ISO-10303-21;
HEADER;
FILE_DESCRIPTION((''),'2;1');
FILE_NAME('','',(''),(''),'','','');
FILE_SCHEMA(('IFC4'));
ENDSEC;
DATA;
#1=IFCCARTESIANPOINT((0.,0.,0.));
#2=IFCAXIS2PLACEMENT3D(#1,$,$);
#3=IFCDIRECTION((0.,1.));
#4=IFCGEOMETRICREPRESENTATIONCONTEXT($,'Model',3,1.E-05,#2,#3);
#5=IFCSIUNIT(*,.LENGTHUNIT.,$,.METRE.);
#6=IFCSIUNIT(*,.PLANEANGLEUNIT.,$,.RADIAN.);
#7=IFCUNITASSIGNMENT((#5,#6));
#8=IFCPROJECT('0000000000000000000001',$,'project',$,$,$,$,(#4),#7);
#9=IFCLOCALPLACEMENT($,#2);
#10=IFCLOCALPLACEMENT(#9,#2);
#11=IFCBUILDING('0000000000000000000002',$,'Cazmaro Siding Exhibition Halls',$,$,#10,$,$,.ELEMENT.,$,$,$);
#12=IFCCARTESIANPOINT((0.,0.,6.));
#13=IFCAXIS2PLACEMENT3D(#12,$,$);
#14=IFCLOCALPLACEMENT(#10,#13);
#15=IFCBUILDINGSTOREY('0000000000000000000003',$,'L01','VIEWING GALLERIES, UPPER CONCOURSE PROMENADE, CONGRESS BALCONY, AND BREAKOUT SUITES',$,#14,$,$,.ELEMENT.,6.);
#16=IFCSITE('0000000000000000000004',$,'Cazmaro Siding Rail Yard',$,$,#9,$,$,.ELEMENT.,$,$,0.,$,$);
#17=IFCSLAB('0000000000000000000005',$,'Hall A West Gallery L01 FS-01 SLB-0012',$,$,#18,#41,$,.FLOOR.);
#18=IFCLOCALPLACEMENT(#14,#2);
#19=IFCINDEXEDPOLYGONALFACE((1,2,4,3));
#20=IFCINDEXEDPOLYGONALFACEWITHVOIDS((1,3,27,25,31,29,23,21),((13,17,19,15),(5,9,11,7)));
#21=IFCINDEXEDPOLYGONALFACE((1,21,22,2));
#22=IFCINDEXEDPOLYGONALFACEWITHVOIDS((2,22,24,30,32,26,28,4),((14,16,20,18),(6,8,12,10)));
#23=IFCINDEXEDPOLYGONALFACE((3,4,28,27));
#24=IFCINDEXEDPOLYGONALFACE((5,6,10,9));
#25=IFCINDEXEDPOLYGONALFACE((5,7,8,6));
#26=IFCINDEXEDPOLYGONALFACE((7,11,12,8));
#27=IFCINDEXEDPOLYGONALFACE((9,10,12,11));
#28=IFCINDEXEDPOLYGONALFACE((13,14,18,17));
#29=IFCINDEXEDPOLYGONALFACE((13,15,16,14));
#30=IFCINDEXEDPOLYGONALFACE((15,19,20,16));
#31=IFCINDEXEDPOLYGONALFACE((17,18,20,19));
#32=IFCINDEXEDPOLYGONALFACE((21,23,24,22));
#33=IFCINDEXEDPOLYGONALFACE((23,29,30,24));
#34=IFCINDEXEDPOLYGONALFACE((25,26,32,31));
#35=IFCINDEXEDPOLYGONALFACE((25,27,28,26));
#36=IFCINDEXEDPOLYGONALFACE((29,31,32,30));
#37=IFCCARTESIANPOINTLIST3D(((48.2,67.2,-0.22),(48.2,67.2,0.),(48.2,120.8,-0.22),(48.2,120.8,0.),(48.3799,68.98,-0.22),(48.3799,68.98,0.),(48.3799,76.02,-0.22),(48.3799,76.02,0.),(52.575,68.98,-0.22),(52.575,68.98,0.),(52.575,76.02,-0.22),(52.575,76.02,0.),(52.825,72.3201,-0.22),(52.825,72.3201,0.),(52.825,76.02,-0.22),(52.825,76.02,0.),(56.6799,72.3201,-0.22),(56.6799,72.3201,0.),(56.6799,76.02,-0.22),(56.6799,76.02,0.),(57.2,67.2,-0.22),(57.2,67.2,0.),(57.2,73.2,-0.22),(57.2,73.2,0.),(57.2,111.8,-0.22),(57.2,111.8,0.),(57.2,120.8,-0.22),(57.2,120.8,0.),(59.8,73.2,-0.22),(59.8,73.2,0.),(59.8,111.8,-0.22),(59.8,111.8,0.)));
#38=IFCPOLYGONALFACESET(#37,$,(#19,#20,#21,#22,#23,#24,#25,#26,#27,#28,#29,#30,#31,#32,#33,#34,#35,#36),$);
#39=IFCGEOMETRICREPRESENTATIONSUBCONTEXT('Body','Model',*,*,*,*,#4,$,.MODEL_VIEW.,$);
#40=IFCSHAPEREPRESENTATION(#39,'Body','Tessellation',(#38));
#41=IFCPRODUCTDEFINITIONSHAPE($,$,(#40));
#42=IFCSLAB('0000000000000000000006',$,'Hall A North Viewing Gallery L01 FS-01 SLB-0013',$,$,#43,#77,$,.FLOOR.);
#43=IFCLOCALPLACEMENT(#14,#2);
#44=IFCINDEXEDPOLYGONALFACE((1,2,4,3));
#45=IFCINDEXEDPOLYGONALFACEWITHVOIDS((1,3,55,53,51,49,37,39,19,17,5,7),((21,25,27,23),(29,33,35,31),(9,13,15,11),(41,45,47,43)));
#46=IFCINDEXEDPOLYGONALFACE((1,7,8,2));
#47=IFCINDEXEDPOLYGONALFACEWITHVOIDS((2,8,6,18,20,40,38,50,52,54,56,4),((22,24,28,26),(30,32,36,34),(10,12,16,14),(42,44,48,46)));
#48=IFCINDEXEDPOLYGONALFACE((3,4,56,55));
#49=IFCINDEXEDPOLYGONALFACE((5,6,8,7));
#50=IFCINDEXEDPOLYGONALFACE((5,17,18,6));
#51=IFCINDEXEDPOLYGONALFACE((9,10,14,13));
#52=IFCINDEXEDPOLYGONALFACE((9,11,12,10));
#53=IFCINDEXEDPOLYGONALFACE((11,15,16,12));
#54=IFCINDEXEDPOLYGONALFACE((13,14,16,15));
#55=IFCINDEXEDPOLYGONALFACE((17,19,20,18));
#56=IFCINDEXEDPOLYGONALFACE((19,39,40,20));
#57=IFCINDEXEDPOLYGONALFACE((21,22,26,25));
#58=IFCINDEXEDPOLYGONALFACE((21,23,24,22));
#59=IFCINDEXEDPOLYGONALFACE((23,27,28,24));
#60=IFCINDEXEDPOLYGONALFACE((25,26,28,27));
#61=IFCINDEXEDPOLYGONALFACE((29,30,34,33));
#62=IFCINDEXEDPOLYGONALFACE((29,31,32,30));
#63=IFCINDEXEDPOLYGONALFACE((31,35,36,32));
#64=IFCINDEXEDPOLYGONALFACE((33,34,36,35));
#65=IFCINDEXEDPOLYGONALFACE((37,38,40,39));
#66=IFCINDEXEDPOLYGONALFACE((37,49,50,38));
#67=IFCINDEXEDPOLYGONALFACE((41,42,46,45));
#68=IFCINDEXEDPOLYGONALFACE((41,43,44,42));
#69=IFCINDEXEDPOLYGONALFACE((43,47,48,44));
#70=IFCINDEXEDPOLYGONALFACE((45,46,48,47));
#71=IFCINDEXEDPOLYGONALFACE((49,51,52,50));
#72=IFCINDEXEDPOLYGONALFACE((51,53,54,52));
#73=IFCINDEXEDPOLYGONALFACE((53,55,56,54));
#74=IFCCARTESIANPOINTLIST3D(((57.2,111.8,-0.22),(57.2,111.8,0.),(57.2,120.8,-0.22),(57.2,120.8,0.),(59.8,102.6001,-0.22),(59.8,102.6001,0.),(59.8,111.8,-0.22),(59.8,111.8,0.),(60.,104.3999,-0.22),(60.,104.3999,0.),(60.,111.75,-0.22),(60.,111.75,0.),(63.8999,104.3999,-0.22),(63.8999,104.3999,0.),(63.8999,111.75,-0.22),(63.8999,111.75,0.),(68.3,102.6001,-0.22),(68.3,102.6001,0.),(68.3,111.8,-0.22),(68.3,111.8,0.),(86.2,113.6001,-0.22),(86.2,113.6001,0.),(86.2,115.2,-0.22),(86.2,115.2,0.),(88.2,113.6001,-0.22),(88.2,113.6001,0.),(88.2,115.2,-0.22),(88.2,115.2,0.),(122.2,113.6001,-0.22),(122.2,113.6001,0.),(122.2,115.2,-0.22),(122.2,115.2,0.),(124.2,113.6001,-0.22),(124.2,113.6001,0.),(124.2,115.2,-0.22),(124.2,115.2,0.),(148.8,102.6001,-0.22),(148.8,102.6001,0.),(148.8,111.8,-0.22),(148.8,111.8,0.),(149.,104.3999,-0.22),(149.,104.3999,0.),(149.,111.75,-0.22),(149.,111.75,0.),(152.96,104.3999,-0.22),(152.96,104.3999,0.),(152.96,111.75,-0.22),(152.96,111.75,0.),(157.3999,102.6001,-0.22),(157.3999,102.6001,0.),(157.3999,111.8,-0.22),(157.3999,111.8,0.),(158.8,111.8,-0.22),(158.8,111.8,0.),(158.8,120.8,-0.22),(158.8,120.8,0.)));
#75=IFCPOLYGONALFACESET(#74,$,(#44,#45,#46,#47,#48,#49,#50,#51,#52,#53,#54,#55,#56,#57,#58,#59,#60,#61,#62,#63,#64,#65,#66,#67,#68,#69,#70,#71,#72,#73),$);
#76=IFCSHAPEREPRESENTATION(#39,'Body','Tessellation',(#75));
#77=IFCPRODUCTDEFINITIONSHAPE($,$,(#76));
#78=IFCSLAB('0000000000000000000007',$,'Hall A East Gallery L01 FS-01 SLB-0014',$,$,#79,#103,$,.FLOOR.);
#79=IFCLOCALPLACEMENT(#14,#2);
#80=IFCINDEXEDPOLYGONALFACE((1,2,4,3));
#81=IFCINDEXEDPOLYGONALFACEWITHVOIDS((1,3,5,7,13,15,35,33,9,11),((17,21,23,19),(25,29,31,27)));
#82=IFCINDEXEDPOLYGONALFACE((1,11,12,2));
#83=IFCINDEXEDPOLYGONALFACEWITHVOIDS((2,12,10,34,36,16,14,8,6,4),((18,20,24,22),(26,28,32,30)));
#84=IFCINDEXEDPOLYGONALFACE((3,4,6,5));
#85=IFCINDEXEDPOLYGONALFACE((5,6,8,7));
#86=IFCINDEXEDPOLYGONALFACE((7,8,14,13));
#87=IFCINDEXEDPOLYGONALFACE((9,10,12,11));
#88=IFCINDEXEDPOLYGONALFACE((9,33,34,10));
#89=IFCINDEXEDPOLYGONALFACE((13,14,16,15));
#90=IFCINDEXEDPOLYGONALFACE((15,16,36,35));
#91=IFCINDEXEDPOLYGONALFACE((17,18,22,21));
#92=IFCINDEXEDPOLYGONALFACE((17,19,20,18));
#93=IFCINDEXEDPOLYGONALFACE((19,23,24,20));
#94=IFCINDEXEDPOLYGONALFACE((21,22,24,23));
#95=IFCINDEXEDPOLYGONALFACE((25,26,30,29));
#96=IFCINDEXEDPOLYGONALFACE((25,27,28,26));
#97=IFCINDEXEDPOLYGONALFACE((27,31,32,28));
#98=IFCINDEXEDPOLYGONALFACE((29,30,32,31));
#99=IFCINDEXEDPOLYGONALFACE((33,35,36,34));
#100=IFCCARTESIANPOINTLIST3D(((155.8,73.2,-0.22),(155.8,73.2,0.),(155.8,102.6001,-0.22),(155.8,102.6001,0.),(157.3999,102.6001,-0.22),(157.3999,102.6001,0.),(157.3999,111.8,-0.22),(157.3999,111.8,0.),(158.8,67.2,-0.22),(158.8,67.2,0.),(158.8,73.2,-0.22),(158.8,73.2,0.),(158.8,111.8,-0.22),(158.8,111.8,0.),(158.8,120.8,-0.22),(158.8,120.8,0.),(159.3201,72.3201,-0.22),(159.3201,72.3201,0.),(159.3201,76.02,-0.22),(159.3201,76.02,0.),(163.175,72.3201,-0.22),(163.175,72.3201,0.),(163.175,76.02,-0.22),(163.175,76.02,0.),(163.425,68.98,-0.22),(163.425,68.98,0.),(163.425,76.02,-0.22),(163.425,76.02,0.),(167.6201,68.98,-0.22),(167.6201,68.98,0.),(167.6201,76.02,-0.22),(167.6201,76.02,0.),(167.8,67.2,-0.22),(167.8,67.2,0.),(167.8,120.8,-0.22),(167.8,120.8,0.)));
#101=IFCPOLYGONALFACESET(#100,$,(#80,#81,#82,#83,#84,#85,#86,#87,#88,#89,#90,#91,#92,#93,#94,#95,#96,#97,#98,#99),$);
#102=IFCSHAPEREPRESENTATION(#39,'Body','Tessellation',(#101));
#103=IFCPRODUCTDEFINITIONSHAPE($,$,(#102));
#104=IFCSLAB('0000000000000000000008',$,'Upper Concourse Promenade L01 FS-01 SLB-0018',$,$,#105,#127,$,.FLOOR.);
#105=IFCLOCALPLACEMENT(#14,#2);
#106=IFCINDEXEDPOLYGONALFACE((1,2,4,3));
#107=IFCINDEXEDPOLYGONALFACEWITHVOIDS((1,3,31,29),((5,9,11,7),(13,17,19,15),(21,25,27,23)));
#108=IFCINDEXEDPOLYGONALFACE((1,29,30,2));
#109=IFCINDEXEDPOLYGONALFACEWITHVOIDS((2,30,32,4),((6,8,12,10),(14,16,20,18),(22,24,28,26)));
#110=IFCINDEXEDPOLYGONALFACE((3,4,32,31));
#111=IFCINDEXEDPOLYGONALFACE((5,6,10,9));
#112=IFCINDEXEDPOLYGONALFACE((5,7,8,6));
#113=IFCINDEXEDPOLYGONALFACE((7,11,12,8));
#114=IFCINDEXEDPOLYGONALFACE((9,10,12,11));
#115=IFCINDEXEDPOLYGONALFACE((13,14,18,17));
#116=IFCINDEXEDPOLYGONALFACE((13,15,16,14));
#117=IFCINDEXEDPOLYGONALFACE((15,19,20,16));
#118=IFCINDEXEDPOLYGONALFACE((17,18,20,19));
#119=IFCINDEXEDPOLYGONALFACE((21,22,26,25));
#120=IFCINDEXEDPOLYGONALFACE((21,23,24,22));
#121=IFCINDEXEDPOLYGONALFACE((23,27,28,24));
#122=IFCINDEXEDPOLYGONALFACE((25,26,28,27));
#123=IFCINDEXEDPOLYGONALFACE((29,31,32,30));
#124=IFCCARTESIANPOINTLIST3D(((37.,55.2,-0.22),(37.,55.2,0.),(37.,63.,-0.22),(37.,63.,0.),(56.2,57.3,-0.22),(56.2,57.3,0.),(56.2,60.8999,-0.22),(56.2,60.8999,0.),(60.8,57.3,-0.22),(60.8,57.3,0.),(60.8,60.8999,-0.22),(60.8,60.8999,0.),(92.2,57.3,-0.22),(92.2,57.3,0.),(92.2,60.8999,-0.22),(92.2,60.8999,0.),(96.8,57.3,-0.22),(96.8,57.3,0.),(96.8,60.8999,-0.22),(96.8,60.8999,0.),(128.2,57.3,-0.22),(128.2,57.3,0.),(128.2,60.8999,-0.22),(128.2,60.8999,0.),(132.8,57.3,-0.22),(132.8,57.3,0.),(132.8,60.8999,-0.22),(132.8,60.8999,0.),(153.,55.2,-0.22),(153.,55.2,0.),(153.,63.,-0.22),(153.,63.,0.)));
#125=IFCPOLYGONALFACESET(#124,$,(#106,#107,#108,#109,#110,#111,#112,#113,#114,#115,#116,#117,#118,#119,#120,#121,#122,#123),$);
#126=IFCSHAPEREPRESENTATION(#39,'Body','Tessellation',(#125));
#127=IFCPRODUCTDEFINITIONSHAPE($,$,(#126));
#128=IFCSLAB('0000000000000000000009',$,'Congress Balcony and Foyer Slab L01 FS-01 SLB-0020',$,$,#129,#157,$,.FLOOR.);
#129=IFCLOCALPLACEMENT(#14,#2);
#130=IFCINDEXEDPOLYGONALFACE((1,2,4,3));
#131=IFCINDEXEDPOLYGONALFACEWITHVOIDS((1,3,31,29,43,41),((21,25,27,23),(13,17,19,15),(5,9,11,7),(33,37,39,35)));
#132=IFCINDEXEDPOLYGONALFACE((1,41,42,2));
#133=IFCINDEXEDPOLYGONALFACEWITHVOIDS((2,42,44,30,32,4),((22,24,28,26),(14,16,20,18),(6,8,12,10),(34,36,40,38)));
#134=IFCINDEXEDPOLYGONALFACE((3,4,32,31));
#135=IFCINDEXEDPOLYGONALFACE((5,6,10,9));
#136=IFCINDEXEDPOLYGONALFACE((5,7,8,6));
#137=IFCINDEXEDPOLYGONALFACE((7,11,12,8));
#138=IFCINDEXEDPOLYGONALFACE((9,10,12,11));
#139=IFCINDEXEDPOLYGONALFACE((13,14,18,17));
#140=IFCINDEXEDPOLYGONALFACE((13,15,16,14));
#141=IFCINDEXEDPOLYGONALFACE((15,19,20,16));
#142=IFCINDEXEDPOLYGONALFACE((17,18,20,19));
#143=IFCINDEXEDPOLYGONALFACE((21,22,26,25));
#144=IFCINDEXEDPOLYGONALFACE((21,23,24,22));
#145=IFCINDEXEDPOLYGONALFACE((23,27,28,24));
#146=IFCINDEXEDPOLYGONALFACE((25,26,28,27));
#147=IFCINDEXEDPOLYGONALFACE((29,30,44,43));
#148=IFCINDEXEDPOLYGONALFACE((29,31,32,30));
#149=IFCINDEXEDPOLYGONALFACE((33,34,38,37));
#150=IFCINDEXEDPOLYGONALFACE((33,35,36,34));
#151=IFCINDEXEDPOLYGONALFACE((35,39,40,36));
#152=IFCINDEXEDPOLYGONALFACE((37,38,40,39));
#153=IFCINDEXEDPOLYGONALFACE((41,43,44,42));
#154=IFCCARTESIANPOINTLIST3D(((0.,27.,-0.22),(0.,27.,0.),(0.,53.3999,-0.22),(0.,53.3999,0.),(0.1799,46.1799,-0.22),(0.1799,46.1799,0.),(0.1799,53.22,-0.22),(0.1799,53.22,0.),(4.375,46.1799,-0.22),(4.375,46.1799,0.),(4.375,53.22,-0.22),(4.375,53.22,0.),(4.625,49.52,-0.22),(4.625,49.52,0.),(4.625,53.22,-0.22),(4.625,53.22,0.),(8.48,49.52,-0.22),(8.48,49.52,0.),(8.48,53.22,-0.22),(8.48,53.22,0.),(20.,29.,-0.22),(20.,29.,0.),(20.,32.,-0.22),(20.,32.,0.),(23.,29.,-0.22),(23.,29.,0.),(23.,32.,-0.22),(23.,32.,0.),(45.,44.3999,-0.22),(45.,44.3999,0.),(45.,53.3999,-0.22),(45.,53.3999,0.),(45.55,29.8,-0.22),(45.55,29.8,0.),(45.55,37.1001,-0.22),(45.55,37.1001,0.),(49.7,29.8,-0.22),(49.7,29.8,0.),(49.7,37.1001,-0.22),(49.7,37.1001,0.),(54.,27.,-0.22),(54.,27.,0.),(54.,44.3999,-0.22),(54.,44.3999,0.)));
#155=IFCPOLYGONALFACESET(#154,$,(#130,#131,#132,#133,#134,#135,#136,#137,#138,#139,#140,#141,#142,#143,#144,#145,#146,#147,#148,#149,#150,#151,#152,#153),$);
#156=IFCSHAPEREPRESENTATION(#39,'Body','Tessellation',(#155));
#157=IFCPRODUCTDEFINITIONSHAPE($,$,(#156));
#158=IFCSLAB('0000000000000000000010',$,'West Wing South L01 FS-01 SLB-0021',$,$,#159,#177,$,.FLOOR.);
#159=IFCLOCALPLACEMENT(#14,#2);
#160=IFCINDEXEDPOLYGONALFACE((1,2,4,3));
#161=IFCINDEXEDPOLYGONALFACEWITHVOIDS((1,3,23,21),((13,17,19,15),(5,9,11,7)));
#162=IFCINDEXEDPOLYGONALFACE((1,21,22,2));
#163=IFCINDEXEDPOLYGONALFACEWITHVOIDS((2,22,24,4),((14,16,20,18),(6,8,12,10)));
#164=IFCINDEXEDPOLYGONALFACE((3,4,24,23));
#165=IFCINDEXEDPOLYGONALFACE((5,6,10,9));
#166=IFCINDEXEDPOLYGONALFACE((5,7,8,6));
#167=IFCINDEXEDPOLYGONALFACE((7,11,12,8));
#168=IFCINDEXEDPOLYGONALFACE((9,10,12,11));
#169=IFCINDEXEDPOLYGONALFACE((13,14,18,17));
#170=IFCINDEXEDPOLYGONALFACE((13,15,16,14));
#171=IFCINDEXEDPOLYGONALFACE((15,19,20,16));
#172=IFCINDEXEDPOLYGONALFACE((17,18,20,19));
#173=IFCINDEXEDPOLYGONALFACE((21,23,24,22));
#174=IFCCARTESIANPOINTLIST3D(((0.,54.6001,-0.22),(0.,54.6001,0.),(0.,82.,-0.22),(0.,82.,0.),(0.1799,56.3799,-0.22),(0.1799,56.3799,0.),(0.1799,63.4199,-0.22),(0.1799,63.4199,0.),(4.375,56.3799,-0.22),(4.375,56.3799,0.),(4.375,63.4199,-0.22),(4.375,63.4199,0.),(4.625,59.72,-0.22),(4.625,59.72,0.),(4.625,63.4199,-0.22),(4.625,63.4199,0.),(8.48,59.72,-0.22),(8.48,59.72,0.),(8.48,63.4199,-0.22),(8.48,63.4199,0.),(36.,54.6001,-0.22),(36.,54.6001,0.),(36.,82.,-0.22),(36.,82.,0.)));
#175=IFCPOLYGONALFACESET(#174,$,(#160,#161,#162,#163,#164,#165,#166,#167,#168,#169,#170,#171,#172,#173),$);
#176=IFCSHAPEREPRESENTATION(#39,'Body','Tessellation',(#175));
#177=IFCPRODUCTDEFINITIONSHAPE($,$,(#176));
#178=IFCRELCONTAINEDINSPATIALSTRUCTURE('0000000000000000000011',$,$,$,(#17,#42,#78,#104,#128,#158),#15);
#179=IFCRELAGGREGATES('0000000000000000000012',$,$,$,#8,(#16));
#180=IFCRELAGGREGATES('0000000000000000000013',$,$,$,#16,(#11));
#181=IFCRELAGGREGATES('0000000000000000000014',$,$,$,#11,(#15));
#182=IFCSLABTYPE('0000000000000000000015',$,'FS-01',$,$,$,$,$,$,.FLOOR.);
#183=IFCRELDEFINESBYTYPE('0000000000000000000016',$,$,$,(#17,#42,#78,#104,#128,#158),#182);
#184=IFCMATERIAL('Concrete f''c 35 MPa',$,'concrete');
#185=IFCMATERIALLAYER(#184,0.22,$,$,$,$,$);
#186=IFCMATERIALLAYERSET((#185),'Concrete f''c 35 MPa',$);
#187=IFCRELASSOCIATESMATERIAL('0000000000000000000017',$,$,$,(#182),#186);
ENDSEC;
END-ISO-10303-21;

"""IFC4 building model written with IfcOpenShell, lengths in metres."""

from ifc_helpers import new_model, si_unit, direction, frame, origin, place, context, subcontext, project, spatial, polyline, outline, extrude, material, layer, layer_set, type_object, element, save


model = new_model("IFC4")

# Units and contexts
model_context = context("Model", 3, precision=1e-05, world=origin(), true_north=direction((0.0, 1.0)))
body_context = subcontext(model_context, "Body", "Model", "MODEL_VIEW")
ifc_project = project(units=[si_unit("LENGTHUNIT", "METRE"), si_unit("PLANEANGLEUNIT", "RADIAN")], contexts=[model_context])

# Site, building, storey
site_placement = place(None, origin())
site = spatial("IfcSite", under=ifc_project, at=site_placement, Name="Cazmaro Siding Rail Yard", CompositionType="ELEMENT", RefElevation=0.0)
building_placement = place(site_placement, origin())
building = spatial("IfcBuilding", under=site, at=building_placement, Name="Cazmaro Siding Exhibition Halls", CompositionType="ELEMENT")
storey_placement = place(building_placement, frame((0.0, 0.0, 6.0)))
storey = spatial("IfcBuildingStorey", under=building, at=storey_placement, Name="L01", Description="VIEWING GALLERIES, UPPER CONCOURSE PROMENADE, CONGRESS BALCONY, AND BREAKOUT SUITES", CompositionType="ELEMENT", Elevation=6.0)

# Slabs
ifc_material_1 = material(Name="Concrete f'c 35 MPa", Category="concrete")
ifc_layer_1 = layer(ifc_material_1, 0.22)
ifc_layer_set_1 = layer_set([ifc_layer_1], Name="Concrete f'c 35 MPa")
slab_type_1 = type_object("IfcSlabType", Name="FS-01", PredefinedType="FLOOR", material=ifc_layer_set_1)
slab_1_placement = place(storey_placement, frame((0.0, 0.0, -0.22)))
element("IfcSlab", 1, at=slab_1_placement, inside=storey, type_object=slab_type_1, Name="Hall A West Gallery L01 FS-01 SLB-0012", PredefinedType="FLOOR", context=body_context, shape_type="SweptSolid", body=[
    extrude(outline(polyline([(48.2, 67.2), (57.2, 67.2), (57.2, 73.2), (59.8, 73.2), (59.8, 111.8), (57.2, 111.8), (57.2, 120.8), (48.2, 120.8), (48.2, 67.2)]), holes=[polyline([(48.3799, 68.98), (52.575, 68.98), (52.575, 76.02), (48.3799, 76.02), (48.3799, 68.98)]), polyline([(52.825, 72.3201), (56.6799, 72.3201), (56.6799, 76.02), (52.825, 76.02), (52.825, 72.3201)])]), origin(), (0.0, 0.0, 1.0), 0.22),
])
slab_2_placement = place(storey_placement, frame((0.0, 0.0, -0.22)))
element("IfcSlab", 2, at=slab_2_placement, inside=storey, type_object=slab_type_1, Name="Hall A North Viewing Gallery L01 FS-01 SLB-0013", PredefinedType="FLOOR", context=body_context, shape_type="SweptSolid", body=[
    extrude(outline(polyline([(57.2, 111.8), (59.8, 111.8), (59.8, 102.6001), (68.3, 102.6001), (68.3, 111.8), (148.8, 111.8), (148.8, 102.6001), (157.3999, 102.6001), (157.3999, 111.8), (158.8, 111.8), (158.8, 120.8), (57.2, 120.8), (57.2, 111.8)]), holes=[polyline([(60.0, 104.3999), (63.8999, 104.3999), (63.8999, 111.75), (60.0, 111.75), (60.0, 104.3999)]), polyline([(149.0, 104.3999), (152.96, 104.3999), (152.96, 111.75), (149.0, 111.75), (149.0, 104.3999)]), polyline([(86.2, 113.6001), (88.2, 113.6001), (88.2, 115.2), (86.2, 115.2), (86.2, 113.6001)]), polyline([(122.2, 113.6001), (124.2, 113.6001), (124.2, 115.2), (122.2, 115.2), (122.2, 113.6001)])]), origin(), (0.0, 0.0, 1.0), 0.22),
])
slab_3_placement = place(storey_placement, frame((0.0, 0.0, -0.22)))
element("IfcSlab", 3, at=slab_3_placement, inside=storey, type_object=slab_type_1, Name="Hall A East Gallery L01 FS-01 SLB-0014", PredefinedType="FLOOR", context=body_context, shape_type="SweptSolid", body=[
    extrude(outline(polyline([(158.8, 67.2), (167.8, 67.2), (167.8, 120.8), (158.8, 120.8), (158.8, 111.8), (157.3999, 111.8), (157.3999, 102.6001), (155.8, 102.6001), (155.8, 73.2), (158.8, 73.2), (158.8, 67.2)]), holes=[polyline([(163.425, 68.98), (167.6201, 68.98), (167.6201, 76.02), (163.425, 76.02), (163.425, 68.98)]), polyline([(159.3201, 72.3201), (163.175, 72.3201), (163.175, 76.02), (159.3201, 76.02), (159.3201, 72.3201)])]), origin(), (0.0, 0.0, 1.0), 0.22),
])
slab_4_placement = place(storey_placement, frame((0.0, 0.0, -0.22)))
element("IfcSlab", 4, at=slab_4_placement, inside=storey, type_object=slab_type_1, Name="Upper Concourse Promenade L01 FS-01 SLB-0018", PredefinedType="FLOOR", context=body_context, shape_type="SweptSolid", body=[
    extrude(outline(polyline([(37.0, 55.2), (153.0, 55.2), (153.0, 63.0), (37.0, 63.0), (37.0, 55.2)]), holes=[polyline([(56.2, 57.3), (60.8, 57.3), (60.8, 60.8999), (56.2, 60.8999), (56.2, 57.3)]), polyline([(92.2, 57.3), (96.8, 57.3), (96.8, 60.8999), (92.2, 60.8999), (92.2, 57.3)]), polyline([(128.2, 57.3), (132.8, 57.3), (132.8, 60.8999), (128.2, 60.8999), (128.2, 57.3)])]), origin(), (0.0, 0.0, 1.0), 0.22),
])
slab_5_placement = place(storey_placement, frame((0.0, 0.0, -0.22)))
element("IfcSlab", 5, at=slab_5_placement, inside=storey, type_object=slab_type_1, Name="Congress Balcony and Foyer Slab L01 FS-01 SLB-0020", PredefinedType="FLOOR", context=body_context, shape_type="SweptSolid", body=[
    extrude(outline(polyline([(0.0, 27.0), (54.0, 27.0), (54.0, 44.3999), (45.0, 44.3999), (45.0, 53.3999), (0.0, 53.3999), (0.0, 27.0)]), holes=[polyline([(0.1799, 46.1799), (4.375, 46.1799), (4.375, 53.22), (0.1799, 53.22), (0.1799, 46.1799)]), polyline([(4.625, 49.52), (8.48, 49.52), (8.48, 53.22), (4.625, 53.22), (4.625, 49.52)]), polyline([(20.0, 29.0), (23.0, 29.0), (23.0, 32.0), (20.0, 32.0), (20.0, 29.0)]), polyline([(45.55, 29.8), (49.7, 29.8), (49.7, 37.1001), (45.55, 37.1001), (45.55, 29.8)])]), origin(), (0.0, 0.0, 1.0), 0.22),
])
slab_6_placement = place(storey_placement, frame((0.0, 0.0, -0.22)))
element("IfcSlab", 6, at=slab_6_placement, inside=storey, type_object=slab_type_1, Name="West Wing South L01 FS-01 SLB-0021", PredefinedType="FLOOR", context=body_context, shape_type="SweptSolid", body=[
    extrude(outline(polyline([(0.0, 54.6001), (36.0, 54.6001), (36.0, 82.0), (0.0, 82.0), (0.0, 54.6001)]), holes=[polyline([(0.1799, 56.3799), (4.375, 56.3799), (4.375, 63.4199), (0.1799, 63.4199), (0.1799, 56.3799)]), polyline([(4.625, 59.72), (8.48, 59.72), (8.48, 63.4199), (4.625, 63.4199), (4.625, 59.72)])]), origin(), (0.0, 0.0, 1.0), 0.22),
])

save(model, "model.ifc")
